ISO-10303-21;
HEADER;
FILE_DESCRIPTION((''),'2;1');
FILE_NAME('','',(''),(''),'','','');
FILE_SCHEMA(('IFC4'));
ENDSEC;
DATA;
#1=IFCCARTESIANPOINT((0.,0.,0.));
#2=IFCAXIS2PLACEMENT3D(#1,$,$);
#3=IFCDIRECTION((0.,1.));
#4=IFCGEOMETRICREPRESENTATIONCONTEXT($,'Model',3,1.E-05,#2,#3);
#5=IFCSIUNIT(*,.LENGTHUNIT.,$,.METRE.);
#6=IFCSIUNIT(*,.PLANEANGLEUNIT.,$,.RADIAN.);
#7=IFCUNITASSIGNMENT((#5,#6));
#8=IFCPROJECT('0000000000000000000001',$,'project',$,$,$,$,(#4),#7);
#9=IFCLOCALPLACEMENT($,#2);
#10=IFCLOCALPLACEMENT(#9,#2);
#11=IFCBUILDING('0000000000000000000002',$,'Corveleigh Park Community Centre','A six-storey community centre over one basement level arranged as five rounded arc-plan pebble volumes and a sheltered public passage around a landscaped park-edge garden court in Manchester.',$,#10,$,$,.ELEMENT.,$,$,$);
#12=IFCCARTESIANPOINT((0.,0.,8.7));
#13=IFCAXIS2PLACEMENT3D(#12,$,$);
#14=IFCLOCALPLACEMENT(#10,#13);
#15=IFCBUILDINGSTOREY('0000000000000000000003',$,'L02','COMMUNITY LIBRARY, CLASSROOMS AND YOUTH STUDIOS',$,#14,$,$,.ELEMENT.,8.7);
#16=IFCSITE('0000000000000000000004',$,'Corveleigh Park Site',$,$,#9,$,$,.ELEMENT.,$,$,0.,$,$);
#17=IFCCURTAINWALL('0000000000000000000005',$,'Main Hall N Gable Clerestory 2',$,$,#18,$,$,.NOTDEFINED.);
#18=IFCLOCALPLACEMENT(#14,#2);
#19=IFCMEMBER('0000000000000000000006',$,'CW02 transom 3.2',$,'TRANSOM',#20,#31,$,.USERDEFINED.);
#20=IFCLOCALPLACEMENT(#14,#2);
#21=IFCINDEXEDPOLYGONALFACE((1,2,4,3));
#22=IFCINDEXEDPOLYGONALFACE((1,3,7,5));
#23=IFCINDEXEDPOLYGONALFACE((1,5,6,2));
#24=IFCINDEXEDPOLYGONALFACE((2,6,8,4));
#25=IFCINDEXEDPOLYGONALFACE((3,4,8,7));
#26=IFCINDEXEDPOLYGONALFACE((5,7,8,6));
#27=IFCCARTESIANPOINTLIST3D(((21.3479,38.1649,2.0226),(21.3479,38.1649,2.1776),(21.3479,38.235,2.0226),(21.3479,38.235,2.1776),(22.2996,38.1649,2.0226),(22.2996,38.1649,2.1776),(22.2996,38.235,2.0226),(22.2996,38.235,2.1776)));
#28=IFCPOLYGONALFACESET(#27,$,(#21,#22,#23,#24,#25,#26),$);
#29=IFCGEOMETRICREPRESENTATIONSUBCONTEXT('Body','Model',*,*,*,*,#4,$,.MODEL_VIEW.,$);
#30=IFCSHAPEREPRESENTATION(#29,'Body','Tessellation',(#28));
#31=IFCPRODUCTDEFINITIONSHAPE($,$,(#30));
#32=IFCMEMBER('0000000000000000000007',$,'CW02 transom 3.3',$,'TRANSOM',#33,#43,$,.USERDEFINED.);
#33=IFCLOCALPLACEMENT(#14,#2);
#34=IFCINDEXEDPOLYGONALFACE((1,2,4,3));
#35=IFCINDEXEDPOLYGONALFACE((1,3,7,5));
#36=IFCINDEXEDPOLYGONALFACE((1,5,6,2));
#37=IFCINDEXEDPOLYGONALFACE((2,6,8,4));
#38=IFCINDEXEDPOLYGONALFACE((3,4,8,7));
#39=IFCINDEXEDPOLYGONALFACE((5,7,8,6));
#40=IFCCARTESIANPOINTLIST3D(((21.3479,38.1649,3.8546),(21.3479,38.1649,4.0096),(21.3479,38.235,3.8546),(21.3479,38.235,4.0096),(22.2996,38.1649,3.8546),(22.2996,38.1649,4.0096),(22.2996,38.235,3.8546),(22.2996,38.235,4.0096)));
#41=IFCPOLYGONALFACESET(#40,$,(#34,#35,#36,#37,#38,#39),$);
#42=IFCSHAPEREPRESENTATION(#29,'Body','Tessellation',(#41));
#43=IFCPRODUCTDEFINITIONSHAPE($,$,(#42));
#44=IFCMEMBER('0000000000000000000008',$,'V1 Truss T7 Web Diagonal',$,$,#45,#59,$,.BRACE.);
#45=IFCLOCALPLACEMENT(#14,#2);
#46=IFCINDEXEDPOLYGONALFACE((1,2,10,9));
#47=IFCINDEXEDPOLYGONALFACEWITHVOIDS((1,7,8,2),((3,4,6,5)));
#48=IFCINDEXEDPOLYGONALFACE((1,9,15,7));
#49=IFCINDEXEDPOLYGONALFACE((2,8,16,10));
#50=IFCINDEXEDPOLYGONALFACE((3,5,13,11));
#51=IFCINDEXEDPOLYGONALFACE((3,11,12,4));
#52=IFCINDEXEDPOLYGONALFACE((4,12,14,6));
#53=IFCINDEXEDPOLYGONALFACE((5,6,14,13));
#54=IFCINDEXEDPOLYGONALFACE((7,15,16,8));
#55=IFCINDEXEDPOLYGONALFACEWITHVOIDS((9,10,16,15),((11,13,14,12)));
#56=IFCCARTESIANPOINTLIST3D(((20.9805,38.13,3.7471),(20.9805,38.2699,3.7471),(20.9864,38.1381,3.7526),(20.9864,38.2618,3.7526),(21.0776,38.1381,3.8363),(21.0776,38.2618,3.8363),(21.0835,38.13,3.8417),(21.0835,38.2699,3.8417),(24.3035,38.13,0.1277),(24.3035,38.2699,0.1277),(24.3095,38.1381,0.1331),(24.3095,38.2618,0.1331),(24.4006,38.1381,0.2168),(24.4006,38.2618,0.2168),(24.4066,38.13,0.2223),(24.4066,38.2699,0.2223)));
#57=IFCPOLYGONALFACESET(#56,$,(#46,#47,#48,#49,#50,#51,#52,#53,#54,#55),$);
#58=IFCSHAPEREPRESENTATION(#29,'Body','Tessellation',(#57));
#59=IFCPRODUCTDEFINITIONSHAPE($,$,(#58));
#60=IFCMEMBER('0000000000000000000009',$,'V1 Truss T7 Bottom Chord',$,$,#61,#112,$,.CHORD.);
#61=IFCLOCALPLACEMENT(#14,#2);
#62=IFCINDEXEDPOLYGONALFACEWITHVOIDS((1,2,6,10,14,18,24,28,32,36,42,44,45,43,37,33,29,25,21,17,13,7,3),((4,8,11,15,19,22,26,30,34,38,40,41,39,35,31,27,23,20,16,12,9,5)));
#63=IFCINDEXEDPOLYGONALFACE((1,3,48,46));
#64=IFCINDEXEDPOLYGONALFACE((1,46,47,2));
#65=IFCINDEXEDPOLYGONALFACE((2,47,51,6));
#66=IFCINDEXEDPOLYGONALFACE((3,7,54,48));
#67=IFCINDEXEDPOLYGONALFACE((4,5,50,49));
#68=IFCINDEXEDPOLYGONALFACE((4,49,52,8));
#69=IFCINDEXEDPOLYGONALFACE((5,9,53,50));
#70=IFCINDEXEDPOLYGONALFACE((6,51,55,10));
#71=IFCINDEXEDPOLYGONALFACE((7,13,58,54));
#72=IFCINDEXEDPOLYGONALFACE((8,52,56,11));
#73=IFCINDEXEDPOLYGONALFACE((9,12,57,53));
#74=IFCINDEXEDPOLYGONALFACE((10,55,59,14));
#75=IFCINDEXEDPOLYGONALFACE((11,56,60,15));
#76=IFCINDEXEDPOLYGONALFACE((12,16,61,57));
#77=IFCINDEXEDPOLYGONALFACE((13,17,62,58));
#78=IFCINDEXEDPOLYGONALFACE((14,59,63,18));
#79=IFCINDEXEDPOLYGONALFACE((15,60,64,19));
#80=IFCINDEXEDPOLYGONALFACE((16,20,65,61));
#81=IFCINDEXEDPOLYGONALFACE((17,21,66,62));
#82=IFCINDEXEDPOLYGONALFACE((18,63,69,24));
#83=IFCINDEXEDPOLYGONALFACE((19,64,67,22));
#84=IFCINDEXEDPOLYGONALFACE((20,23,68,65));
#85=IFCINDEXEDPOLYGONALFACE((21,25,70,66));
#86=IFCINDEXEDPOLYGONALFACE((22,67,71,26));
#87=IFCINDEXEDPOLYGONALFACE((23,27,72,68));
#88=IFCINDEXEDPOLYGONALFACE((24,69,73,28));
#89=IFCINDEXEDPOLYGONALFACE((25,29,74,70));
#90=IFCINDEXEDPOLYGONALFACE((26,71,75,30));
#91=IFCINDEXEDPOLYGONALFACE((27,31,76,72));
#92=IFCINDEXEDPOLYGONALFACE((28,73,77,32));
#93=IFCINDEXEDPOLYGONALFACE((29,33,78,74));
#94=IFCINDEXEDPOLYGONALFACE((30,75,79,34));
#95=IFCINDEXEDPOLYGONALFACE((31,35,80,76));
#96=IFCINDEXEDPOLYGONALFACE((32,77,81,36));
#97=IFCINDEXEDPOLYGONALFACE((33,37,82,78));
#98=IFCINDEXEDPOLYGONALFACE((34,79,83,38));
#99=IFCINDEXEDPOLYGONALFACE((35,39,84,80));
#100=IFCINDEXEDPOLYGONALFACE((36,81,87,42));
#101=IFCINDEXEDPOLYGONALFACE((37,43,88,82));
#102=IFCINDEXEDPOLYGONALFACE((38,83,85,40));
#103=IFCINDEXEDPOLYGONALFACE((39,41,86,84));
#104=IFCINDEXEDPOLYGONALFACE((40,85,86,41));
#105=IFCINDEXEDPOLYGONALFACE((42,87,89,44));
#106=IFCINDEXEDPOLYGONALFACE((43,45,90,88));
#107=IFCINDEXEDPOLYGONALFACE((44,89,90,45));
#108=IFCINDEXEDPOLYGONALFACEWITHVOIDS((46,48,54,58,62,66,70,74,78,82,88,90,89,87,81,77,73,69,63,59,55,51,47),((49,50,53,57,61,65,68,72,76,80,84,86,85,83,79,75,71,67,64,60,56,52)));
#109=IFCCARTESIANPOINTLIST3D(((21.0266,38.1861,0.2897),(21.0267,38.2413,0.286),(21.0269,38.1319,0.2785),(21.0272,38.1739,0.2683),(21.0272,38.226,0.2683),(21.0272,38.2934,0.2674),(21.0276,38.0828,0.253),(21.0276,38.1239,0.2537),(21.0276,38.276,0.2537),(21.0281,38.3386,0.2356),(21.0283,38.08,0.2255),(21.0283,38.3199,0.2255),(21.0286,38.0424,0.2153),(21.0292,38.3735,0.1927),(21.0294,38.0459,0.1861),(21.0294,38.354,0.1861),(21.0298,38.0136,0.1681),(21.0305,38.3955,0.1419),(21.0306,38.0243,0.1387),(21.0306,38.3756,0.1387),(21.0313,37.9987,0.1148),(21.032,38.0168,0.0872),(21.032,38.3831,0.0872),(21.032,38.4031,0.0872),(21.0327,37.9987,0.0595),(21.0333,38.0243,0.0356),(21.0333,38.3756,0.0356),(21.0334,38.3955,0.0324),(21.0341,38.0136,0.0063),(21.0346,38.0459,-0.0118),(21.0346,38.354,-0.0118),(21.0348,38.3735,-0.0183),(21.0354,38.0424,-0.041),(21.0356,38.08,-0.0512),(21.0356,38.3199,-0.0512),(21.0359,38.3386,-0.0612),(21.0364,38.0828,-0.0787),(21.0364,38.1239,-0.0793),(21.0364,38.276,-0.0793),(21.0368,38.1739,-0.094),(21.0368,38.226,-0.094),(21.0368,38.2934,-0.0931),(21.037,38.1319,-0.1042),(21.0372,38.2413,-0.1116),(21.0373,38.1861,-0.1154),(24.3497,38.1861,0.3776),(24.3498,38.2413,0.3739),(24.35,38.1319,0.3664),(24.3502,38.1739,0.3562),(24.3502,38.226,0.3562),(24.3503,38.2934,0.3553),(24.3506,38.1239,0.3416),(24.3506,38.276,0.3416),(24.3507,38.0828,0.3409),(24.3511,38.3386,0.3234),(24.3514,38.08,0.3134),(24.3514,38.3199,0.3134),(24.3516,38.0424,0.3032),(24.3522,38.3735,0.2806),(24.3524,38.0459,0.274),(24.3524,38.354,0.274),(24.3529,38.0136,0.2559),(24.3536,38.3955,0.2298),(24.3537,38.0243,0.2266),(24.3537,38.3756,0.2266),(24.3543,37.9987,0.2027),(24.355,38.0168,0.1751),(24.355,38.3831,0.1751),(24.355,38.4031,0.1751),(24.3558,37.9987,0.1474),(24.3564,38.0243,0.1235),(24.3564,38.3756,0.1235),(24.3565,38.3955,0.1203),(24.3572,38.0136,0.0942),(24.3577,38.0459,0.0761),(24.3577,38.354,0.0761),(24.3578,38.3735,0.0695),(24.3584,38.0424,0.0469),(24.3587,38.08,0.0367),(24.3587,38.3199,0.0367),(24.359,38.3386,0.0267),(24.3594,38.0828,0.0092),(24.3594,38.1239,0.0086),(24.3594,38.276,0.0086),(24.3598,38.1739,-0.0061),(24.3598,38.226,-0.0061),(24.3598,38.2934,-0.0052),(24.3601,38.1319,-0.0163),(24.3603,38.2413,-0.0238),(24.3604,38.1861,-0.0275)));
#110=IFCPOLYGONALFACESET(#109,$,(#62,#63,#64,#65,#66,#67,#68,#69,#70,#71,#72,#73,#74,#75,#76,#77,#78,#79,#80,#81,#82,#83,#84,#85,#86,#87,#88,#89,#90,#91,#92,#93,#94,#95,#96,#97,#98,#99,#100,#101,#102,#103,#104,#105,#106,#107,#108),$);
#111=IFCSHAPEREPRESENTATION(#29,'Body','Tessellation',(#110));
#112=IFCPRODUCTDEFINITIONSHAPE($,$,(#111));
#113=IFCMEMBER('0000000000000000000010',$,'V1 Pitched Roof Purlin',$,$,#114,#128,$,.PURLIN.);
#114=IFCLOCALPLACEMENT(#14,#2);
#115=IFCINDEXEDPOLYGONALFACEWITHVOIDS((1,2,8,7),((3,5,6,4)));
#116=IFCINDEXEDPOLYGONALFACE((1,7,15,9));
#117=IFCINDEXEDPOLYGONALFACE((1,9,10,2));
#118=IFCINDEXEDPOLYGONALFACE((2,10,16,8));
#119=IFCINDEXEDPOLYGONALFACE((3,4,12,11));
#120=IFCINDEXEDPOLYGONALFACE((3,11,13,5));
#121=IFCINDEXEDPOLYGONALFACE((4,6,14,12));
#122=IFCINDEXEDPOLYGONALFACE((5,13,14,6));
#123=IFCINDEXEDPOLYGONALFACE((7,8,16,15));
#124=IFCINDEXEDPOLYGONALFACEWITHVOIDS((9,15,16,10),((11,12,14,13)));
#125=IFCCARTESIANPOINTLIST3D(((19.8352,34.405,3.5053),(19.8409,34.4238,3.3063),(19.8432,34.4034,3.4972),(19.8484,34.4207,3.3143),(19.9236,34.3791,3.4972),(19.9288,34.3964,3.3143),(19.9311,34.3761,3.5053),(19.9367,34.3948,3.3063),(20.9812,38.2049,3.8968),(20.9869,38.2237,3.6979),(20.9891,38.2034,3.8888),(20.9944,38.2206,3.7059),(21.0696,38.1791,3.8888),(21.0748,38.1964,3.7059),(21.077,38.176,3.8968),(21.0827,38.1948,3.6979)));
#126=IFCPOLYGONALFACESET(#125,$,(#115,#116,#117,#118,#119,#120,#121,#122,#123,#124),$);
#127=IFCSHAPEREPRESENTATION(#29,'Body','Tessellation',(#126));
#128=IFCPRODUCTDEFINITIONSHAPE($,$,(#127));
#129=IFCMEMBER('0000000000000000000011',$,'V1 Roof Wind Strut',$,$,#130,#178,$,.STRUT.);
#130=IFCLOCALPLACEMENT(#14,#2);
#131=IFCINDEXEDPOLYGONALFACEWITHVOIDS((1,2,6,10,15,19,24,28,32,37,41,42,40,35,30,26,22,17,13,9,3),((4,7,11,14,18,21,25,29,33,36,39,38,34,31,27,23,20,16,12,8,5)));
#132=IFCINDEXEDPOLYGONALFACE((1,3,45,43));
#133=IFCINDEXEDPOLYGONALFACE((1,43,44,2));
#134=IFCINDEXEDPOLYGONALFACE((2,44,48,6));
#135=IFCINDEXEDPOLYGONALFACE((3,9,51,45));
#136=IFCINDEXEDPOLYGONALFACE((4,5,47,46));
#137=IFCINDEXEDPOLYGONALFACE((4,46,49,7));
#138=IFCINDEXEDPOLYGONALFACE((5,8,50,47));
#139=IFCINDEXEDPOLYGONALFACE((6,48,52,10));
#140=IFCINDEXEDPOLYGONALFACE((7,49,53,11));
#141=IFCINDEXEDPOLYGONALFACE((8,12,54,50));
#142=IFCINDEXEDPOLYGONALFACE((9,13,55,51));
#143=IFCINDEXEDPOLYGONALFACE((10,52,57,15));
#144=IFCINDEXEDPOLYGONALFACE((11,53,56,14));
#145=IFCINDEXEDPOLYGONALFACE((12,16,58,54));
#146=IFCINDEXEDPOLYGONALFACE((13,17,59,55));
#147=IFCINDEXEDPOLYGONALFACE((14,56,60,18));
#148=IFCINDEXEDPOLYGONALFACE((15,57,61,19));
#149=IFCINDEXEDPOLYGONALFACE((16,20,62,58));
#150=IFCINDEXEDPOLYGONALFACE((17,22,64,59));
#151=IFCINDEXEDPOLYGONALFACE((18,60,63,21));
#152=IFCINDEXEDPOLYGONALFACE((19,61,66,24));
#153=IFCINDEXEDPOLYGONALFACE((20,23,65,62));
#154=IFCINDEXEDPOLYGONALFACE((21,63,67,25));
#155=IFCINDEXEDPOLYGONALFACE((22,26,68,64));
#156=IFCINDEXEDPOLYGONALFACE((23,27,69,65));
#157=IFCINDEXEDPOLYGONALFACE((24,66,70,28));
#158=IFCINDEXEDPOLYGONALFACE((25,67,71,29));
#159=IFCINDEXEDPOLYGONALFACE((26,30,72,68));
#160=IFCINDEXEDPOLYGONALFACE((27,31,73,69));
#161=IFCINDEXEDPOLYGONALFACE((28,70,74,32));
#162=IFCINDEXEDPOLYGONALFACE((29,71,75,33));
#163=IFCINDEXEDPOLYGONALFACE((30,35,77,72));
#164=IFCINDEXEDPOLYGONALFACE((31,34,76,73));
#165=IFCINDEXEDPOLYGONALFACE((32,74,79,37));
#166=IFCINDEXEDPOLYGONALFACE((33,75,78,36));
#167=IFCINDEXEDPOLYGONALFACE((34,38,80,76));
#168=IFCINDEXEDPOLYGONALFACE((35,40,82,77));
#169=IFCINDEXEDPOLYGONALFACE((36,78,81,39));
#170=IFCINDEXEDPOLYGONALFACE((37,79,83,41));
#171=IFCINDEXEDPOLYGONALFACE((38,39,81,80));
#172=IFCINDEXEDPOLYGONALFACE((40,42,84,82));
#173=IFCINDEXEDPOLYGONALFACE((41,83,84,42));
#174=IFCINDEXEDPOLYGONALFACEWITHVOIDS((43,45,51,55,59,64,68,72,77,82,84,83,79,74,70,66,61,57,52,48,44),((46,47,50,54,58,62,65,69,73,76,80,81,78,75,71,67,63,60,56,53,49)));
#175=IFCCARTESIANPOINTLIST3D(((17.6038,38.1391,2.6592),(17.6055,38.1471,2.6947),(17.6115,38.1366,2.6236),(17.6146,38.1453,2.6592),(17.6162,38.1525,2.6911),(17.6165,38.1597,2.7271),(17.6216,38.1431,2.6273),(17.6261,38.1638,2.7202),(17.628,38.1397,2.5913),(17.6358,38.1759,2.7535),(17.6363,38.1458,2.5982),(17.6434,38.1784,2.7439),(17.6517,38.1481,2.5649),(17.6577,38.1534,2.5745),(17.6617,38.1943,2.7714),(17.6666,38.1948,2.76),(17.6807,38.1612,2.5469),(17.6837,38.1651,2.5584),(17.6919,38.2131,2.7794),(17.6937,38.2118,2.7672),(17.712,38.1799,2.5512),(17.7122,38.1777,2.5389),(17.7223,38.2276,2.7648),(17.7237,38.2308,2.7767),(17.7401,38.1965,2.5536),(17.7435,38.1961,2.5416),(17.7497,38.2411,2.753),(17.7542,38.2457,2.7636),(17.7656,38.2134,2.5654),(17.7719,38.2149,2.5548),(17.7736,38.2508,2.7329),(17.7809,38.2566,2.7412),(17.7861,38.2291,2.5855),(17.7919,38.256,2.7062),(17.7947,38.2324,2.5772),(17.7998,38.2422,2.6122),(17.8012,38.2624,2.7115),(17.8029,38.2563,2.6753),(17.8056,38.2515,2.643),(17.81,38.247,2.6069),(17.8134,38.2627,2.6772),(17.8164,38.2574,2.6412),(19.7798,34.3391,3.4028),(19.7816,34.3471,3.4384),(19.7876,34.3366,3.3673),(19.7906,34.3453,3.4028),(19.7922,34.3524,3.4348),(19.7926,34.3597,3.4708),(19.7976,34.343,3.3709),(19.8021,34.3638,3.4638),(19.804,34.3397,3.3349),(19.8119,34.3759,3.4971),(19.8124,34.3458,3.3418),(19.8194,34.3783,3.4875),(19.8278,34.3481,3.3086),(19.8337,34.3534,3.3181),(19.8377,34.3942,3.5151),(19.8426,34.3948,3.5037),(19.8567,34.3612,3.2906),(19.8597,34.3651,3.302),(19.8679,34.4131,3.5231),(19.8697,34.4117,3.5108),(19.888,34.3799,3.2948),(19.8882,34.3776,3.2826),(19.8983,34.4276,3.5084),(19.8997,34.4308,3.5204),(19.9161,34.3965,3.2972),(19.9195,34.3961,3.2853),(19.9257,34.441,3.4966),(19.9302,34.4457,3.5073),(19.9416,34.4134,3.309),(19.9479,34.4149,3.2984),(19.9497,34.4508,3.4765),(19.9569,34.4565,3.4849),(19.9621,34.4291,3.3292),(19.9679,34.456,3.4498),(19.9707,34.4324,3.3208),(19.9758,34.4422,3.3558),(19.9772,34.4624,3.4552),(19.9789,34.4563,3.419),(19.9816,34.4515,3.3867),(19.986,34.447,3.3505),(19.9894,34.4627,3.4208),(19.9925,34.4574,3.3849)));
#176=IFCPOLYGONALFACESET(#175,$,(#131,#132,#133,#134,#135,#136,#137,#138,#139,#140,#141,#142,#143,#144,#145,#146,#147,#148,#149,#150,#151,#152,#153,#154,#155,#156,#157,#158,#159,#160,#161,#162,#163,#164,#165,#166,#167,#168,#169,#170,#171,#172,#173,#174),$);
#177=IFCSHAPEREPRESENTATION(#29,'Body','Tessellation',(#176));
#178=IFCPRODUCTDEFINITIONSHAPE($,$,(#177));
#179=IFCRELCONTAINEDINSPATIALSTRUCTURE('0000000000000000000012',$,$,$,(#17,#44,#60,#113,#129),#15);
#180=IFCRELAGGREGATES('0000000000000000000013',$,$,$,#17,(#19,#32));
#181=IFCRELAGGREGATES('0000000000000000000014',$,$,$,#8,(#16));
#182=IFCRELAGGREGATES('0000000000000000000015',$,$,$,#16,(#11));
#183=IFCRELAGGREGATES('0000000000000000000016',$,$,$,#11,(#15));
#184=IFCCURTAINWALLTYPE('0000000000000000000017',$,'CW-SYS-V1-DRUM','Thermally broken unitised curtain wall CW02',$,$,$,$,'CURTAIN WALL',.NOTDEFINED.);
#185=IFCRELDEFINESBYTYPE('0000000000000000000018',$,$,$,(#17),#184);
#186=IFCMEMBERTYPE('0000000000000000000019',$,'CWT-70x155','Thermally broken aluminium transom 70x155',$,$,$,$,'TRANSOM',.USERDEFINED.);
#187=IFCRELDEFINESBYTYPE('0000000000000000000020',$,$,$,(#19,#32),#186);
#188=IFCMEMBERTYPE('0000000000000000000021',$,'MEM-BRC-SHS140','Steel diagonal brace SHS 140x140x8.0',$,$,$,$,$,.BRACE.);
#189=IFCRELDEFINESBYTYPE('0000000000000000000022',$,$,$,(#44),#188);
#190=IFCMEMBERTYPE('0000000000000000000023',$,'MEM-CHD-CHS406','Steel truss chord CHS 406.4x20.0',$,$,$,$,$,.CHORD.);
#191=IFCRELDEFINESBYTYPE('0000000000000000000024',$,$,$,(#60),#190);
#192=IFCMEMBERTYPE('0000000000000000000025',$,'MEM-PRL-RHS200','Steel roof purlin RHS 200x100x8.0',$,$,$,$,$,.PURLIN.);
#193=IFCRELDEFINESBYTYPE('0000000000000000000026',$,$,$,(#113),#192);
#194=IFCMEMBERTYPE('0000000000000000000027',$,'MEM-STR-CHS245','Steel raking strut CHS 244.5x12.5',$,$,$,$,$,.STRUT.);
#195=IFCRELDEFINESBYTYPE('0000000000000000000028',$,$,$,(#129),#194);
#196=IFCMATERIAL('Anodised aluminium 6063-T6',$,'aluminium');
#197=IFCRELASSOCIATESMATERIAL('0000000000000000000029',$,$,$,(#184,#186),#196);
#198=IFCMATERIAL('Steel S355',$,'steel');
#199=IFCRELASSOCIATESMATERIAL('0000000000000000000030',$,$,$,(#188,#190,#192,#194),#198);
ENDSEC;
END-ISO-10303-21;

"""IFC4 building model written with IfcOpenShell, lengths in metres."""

from ifc_helpers import new_model, si_unit, direction, frame, origin, origin_2d, place, context, subcontext, project, spatial, rectangle, hollow_rectangle, hollow_circle, extrude, material, material_profile, profile_set, type_object, element, aggregate, save


model = new_model("IFC4")

# Units and contexts
model_context = context("Model", 3, precision=1e-05, world=origin(), true_north=direction((0.0, 1.0)))
body_context = subcontext(model_context, "Body", "Model", "MODEL_VIEW")
ifc_project = project(units=[si_unit("LENGTHUNIT", "METRE"), si_unit("PLANEANGLEUNIT", "RADIAN")], contexts=[model_context])

# Site, building, storey
site_placement = place(None, origin())
site = spatial("IfcSite", under=ifc_project, at=site_placement, Name="Corveleigh Park Site", CompositionType="ELEMENT", RefElevation=0.0)
building_placement = place(site_placement, origin())
building = spatial("IfcBuilding", under=site, at=building_placement, Name="Corveleigh Park Community Centre", Description="A six-storey community centre over one basement level arranged as five rounded arc-plan pebble volumes and a sheltered public passage around a landscaped park-edge garden court in Manchester.", CompositionType="ELEMENT")
storey_placement = place(building_placement, frame((0.0, 0.0, 8.7)))
storey = spatial("IfcBuildingStorey", under=building, at=storey_placement, Name="L02", Description="COMMUNITY LIBRARY, CLASSROOMS AND YOUTH STUDIOS", CompositionType="ELEMENT", Elevation=8.7)

# Curtain wall
ifc_material_1 = material(Name="Anodised aluminium 6063-T6", Category="aluminium")
curtain_wall_type = type_object("IfcCurtainWallType", Name="CW-SYS-V1-DRUM", Description="Thermally broken unitised curtain wall CW02", ElementType="CURTAIN WALL", PredefinedType="NOTDEFINED", material=ifc_material_1)
curtain_wall_1_placement = place(storey_placement, origin())
curtain_wall_1 = element("IfcCurtainWall", 1, at=curtain_wall_1_placement, inside=storey, type_object=curtain_wall_type, Name="Main Hall N Gable Clerestory 2", PredefinedType="NOTDEFINED")

# Members
ifc_material_profile_1 = material_profile(ifc_material_1, rectangle(XDim=0.0701, YDim=0.155, at=origin_2d()), Name="ALU-T70x155", Category="aluminium")
ifc_profile_set_1 = profile_set([ifc_material_profile_1], Name="Anodised aluminium 6063-T6")
member_type_1 = type_object("IfcMemberType", Name="CWT-70x155", Description="Thermally broken aluminium transom 70x155", ElementType="TRANSOM", PredefinedType="USERDEFINED", material=ifc_profile_set_1)
member_1_placement = place(storey_placement, frame((22.2996, 38.2, 2.1001), z_axis=(-1.0, 0.0, 0.0), x_axis=(0.0, -1.0, 0.0)))
member_1 = element("IfcMember", 2, at=member_1_placement, type_object=member_type_1, Name="CW02 transom 3.2", ObjectType="TRANSOM", PredefinedType="USERDEFINED", context=body_context, shape_type="SweptSolid", body=[
    extrude(rectangle(XDim=0.0701, YDim=0.155, at=origin_2d()), origin(), (0.0, 0.0, 1.0), 0.9517),
])
member_2_placement = place(storey_placement, frame((22.2996, 38.2, 3.9321), z_axis=(-1.0, 0.0, 0.0), x_axis=(0.0, -1.0, 0.0)))
member_2 = element("IfcMember", 3, at=member_2_placement, type_object=member_type_1, Name="CW02 transom 3.3", ObjectType="TRANSOM", PredefinedType="USERDEFINED", context=body_context, shape_type="SweptSolid", body=[
    extrude(rectangle(XDim=0.0701, YDim=0.155, at=origin_2d()), origin(), (0.0, 0.0, 1.0), 0.9517),
])

# Members
ifc_material_2 = material(Name="Steel S355", Category="steel")
ifc_material_profile_2 = material_profile(ifc_material_2, hollow_rectangle(XDim=0.1399, YDim=0.1399, WallThickness=0.0081, at=origin_2d()), Name="SHS 140x140x8.0", Category="steel")
ifc_profile_set_2 = profile_set([ifc_material_profile_2], Name="Steel S355")
member_type_2 = type_object("IfcMemberType", Name="MEM-BRC-SHS140", Description="Steel diagonal brace SHS 140x140x8.0", PredefinedType="BRACE", material=ifc_profile_set_2)
member_3_placement = place(storey_placement, frame((21.032, 38.2, 3.7944), z_axis=(0.676303, 0.0, -0.736624), x_axis=(0.0, 1.0, 0.0)))
element("IfcMember", 4, at=member_3_placement, inside=storey, type_object=member_type_2, Name="V1 Truss T7 Web Diagonal", PredefinedType="BRACE", context=body_context, shape_type="SweptSolid", body=[
    extrude(hollow_rectangle(XDim=0.1399, YDim=0.1399, WallThickness=0.0081, at=origin_2d()), origin(), (0.0, 0.0, 1.0), 4.9136),
])
ifc_material_profile_3 = material_profile(ifc_material_2, hollow_circle(Radius=0.2031, WallThickness=0.02, at=origin_2d()), Name="CHS 406.4x20.0", Category="steel")
ifc_profile_set_3 = profile_set([ifc_material_profile_3], Name="Steel S355")
member_type_3 = type_object("IfcMemberType", Name="MEM-CHD-CHS406", Description="Steel truss chord CHS 406.4x20.0", PredefinedType="CHORD", material=ifc_profile_set_3)
member_4_placement = place(storey_placement, frame((21.032, 38.2, 0.0872), z_axis=(0.99965, 0.0, 0.02644), x_axis=(0.0, 1.0, 0.0)))
element("IfcMember", 5, at=member_4_placement, inside=storey, type_object=member_type_3, Name="V1 Truss T7 Bottom Chord", PredefinedType="CHORD", context=body_context, shape_type="SweptSolid", body=[
    extrude(hollow_circle(Radius=0.2031, WallThickness=0.02, at=origin_2d()), origin(), (0.0, 0.0, 1.0), 3.3242),
])
ifc_material_profile_4 = material_profile(ifc_material_2, hollow_rectangle(XDim=0.1001, YDim=0.2, WallThickness=0.0081, at=origin_2d()), Name="RHS 200x100x8.0", Category="steel")
ifc_profile_set_4 = profile_set([ifc_material_profile_4], Name="Steel S355")
member_type_4 = type_object("IfcMemberType", Name="MEM-PRL-RHS200", Description="Steel roof purlin RHS 200x100x8.0", PredefinedType="PURLIN", material=ifc_profile_set_4)
member_5_placement = place(storey_placement, frame((19.886, 34.3999, 3.4058), z_axis=(0.287335, 0.952784, 0.098186), x_axis=(-0.957411, 0.28873, 0.0)))
element("IfcMember", 6, at=member_5_placement, inside=storey, type_object=member_type_4, Name="V1 Pitched Roof Purlin", PredefinedType="PURLIN", context=body_context, shape_type="SweptSolid", body=[
    extrude(hollow_rectangle(XDim=0.1001, YDim=0.2, WallThickness=0.0081, at=origin_2d()), origin(), (0.0, 0.0, 1.0), 3.9883),
])
ifc_material_profile_5 = material_profile(ifc_material_2, hollow_circle(Radius=0.1223, WallThickness=0.0125, at=origin_2d()), Name="CHS 244.5x12.5", Category="steel")
ifc_profile_set_5 = profile_set([ifc_material_profile_5], Name="Steel S355")
member_type_5 = type_object("IfcMemberType", Name="MEM-STR-CHS245", Description="Steel raking strut CHS 244.5x12.5", PredefinedType="STRUT", material=ifc_profile_set_5)
member_6_placement = place(storey_placement, frame((19.886, 34.3999, 3.4028), z_axis=(-0.489911, 0.855544, -0.167426), x_axis=(-0.867793, -0.496925, 0.0)))
element("IfcMember", 7, at=member_6_placement, inside=storey, type_object=member_type_5, Name="V1 Roof Wind Strut", PredefinedType="STRUT", context=body_context, shape_type="SweptSolid", body=[
    extrude(hollow_circle(Radius=0.1223, WallThickness=0.0125, at=origin_2d()), origin(), (0.0, 0.0, 1.0), 4.4417),
])

aggregate(curtain_wall_1, [member_1, member_2])

save(model, "model.ifc")
